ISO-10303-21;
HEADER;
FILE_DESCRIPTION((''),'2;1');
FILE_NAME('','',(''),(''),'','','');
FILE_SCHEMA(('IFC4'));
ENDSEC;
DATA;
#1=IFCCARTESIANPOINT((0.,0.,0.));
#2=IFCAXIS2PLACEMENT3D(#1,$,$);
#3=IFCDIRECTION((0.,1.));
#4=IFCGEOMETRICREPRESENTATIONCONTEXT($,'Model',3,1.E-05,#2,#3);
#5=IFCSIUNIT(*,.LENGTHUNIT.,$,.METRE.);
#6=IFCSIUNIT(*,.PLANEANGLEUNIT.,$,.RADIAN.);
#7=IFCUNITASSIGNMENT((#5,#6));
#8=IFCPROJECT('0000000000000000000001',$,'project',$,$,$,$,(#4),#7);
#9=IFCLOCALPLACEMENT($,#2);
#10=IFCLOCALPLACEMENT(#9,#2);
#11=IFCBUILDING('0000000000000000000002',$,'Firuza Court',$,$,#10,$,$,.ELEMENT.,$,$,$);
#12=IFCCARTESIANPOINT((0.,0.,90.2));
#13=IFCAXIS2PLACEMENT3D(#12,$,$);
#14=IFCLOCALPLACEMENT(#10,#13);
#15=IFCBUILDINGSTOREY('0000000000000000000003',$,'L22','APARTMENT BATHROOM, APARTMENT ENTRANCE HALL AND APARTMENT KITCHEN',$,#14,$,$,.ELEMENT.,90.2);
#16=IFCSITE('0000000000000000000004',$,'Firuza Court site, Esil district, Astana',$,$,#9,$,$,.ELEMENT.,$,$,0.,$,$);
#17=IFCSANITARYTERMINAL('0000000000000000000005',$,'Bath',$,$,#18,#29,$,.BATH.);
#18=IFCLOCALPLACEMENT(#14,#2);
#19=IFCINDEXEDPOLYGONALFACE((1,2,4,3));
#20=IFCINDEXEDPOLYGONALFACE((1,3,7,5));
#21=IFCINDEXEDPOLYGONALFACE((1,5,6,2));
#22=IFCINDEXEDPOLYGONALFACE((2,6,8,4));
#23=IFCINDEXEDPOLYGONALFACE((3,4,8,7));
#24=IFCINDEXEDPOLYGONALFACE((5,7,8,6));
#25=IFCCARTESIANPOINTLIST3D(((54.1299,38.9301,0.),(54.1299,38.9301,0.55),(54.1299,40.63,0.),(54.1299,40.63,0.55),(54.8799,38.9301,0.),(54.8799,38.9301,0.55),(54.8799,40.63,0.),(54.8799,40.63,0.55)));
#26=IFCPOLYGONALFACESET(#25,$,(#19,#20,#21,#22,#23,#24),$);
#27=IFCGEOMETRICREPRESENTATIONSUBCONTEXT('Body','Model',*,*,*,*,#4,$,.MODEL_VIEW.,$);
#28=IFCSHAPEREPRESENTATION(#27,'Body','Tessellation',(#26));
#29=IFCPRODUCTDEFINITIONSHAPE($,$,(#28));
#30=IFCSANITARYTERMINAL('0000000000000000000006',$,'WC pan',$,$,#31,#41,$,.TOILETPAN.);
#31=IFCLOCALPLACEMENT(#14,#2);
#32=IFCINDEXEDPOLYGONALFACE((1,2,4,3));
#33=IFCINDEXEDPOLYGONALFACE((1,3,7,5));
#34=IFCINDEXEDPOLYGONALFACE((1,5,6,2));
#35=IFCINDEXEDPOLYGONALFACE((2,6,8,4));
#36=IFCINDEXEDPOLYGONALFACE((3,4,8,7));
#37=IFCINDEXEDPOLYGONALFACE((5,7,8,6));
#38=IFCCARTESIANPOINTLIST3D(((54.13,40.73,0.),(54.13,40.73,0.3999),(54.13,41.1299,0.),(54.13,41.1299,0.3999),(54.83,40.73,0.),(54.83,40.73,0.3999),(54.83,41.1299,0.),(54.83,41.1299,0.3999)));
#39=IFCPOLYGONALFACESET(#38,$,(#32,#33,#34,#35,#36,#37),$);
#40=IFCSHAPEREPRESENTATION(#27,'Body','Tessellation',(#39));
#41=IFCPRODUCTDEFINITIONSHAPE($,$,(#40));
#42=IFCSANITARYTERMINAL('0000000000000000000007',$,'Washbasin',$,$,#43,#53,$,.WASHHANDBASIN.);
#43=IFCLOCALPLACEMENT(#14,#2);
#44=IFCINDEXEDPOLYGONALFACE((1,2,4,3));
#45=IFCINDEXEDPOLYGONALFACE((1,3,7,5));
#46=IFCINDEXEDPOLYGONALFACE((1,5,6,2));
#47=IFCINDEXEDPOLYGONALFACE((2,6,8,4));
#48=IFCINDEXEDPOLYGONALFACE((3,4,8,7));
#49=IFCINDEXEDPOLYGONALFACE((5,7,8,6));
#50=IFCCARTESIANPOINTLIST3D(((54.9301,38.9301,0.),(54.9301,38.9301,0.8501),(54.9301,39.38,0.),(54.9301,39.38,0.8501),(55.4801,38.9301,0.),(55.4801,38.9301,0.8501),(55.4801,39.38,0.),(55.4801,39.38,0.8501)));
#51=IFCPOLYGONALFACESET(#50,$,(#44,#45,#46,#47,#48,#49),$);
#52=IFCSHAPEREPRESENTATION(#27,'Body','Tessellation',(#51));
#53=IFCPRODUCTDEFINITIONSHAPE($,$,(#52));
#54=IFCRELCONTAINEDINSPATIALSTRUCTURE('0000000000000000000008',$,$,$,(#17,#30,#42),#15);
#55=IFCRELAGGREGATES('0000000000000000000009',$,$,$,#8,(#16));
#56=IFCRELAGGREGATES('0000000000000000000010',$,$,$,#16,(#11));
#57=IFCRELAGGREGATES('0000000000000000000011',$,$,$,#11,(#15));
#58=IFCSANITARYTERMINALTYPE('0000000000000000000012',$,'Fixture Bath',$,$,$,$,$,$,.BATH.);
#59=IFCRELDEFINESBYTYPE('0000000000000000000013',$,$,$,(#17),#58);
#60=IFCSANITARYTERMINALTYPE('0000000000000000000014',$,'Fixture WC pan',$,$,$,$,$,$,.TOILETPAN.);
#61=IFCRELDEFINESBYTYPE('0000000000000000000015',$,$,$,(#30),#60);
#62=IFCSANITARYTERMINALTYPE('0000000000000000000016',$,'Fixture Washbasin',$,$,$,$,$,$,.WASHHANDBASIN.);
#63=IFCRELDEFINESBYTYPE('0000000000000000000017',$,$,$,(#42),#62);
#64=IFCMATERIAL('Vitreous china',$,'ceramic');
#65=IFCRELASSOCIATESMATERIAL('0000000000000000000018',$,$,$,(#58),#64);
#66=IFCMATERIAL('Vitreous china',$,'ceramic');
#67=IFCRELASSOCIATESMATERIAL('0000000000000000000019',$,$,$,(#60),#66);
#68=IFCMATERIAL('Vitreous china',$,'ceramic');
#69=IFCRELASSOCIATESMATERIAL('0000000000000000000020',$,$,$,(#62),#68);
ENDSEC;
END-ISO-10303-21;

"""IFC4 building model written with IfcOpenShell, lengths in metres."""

from ifc_helpers import new_model, si_unit, direction, frame, origin, origin_2d, place, context, subcontext, project, spatial, rectangle, extrude, material, type_object, element, save


model = new_model("IFC4")

# Units and contexts
model_context = context("Model", 3, precision=1e-05, world=origin(), true_north=direction((0.0, 1.0)))
body_context = subcontext(model_context, "Body", "Model", "MODEL_VIEW")
ifc_project = project(units=[si_unit("LENGTHUNIT", "METRE"), si_unit("PLANEANGLEUNIT", "RADIAN")], contexts=[model_context])

# Site, building, storey
site_placement = place(None, origin())
site = spatial("IfcSite", under=ifc_project, at=site_placement, Name="Firuza Court site, Esil district, Astana", CompositionType="ELEMENT", RefElevation=0.0)
building_placement = place(site_placement, origin())
building = spatial("IfcBuilding", under=site, at=building_placement, Name="Firuza Court", CompositionType="ELEMENT")
storey_placement = place(building_placement, frame((0.0, 0.0, 90.2)))
storey = spatial("IfcBuildingStorey", under=building, at=storey_placement, Name="L22", Description="APARTMENT BATHROOM, APARTMENT ENTRANCE HALL AND APARTMENT KITCHEN", CompositionType="ELEMENT", Elevation=90.2)

# Sanitary terminals
ifc_material_1 = material(Name="Vitreous china", Category="ceramic")
sanitary_terminal_type_1 = type_object("IfcSanitaryTerminalType", Name="Fixture Bath", PredefinedType="BATH", material=ifc_material_1)
for number, where, z_axis, x_axis, name in (
    (1, (54.5049, 39.78, 0.0), (0.0, 0.0, 1.0), (1.0, 0.0, 0.0), "Bath"),
):
    element("IfcSanitaryTerminal", number, at=place(storey_placement, frame(where, z_axis=z_axis, x_axis=x_axis)), inside=storey, type_object=sanitary_terminal_type_1, Name=name, PredefinedType="BATH", context=body_context, shape_type="SweptSolid", body=[
        extrude(rectangle(XDim=0.75, YDim=1.7, at=origin_2d()), origin(), (0.0, 0.0, 1.0), 0.55),
    ])
ifc_material_2 = material(Name="Vitreous china", Category="ceramic")
sanitary_terminal_type_2 = type_object("IfcSanitaryTerminalType", Name="Fixture WC pan", PredefinedType="TOILETPAN", material=ifc_material_2)
sanitary_terminal_1_placement = place(storey_placement, frame((54.48, 40.9299, 0.0), z_axis=(0.0, 0.0, 1.0), x_axis=(1.0, 0.0, 0.0)))
element("IfcSanitaryTerminal", 2, at=sanitary_terminal_1_placement, inside=storey, type_object=sanitary_terminal_type_2, Name="WC pan", PredefinedType="TOILETPAN", context=body_context, shape_type="SweptSolid", body=[
    extrude(rectangle(XDim=0.7, YDim=0.3999, at=origin_2d()), origin(), (0.0, 0.0, 1.0), 0.3999),
])
ifc_material_3 = material(Name="Vitreous china", Category="ceramic")
sanitary_terminal_type_3 = type_object("IfcSanitaryTerminalType", Name="Fixture Washbasin", PredefinedType="WASHHANDBASIN", material=ifc_material_3)
sanitary_terminal_2_placement = place(storey_placement, frame((55.2051, 39.155, 0.0), z_axis=(0.0, 0.0, 1.0), x_axis=(1.0, 0.0, 0.0)))
element("IfcSanitaryTerminal", 3, at=sanitary_terminal_2_placement, inside=storey, type_object=sanitary_terminal_type_3, Name="Washbasin", PredefinedType="WASHHANDBASIN", context=body_context, shape_type="SweptSolid", body=[
    extrude(rectangle(XDim=0.55, YDim=0.45, at=origin_2d()), origin(), (0.0, 0.0, 1.0), 0.8501),
])

save(model, "model.ifc")
